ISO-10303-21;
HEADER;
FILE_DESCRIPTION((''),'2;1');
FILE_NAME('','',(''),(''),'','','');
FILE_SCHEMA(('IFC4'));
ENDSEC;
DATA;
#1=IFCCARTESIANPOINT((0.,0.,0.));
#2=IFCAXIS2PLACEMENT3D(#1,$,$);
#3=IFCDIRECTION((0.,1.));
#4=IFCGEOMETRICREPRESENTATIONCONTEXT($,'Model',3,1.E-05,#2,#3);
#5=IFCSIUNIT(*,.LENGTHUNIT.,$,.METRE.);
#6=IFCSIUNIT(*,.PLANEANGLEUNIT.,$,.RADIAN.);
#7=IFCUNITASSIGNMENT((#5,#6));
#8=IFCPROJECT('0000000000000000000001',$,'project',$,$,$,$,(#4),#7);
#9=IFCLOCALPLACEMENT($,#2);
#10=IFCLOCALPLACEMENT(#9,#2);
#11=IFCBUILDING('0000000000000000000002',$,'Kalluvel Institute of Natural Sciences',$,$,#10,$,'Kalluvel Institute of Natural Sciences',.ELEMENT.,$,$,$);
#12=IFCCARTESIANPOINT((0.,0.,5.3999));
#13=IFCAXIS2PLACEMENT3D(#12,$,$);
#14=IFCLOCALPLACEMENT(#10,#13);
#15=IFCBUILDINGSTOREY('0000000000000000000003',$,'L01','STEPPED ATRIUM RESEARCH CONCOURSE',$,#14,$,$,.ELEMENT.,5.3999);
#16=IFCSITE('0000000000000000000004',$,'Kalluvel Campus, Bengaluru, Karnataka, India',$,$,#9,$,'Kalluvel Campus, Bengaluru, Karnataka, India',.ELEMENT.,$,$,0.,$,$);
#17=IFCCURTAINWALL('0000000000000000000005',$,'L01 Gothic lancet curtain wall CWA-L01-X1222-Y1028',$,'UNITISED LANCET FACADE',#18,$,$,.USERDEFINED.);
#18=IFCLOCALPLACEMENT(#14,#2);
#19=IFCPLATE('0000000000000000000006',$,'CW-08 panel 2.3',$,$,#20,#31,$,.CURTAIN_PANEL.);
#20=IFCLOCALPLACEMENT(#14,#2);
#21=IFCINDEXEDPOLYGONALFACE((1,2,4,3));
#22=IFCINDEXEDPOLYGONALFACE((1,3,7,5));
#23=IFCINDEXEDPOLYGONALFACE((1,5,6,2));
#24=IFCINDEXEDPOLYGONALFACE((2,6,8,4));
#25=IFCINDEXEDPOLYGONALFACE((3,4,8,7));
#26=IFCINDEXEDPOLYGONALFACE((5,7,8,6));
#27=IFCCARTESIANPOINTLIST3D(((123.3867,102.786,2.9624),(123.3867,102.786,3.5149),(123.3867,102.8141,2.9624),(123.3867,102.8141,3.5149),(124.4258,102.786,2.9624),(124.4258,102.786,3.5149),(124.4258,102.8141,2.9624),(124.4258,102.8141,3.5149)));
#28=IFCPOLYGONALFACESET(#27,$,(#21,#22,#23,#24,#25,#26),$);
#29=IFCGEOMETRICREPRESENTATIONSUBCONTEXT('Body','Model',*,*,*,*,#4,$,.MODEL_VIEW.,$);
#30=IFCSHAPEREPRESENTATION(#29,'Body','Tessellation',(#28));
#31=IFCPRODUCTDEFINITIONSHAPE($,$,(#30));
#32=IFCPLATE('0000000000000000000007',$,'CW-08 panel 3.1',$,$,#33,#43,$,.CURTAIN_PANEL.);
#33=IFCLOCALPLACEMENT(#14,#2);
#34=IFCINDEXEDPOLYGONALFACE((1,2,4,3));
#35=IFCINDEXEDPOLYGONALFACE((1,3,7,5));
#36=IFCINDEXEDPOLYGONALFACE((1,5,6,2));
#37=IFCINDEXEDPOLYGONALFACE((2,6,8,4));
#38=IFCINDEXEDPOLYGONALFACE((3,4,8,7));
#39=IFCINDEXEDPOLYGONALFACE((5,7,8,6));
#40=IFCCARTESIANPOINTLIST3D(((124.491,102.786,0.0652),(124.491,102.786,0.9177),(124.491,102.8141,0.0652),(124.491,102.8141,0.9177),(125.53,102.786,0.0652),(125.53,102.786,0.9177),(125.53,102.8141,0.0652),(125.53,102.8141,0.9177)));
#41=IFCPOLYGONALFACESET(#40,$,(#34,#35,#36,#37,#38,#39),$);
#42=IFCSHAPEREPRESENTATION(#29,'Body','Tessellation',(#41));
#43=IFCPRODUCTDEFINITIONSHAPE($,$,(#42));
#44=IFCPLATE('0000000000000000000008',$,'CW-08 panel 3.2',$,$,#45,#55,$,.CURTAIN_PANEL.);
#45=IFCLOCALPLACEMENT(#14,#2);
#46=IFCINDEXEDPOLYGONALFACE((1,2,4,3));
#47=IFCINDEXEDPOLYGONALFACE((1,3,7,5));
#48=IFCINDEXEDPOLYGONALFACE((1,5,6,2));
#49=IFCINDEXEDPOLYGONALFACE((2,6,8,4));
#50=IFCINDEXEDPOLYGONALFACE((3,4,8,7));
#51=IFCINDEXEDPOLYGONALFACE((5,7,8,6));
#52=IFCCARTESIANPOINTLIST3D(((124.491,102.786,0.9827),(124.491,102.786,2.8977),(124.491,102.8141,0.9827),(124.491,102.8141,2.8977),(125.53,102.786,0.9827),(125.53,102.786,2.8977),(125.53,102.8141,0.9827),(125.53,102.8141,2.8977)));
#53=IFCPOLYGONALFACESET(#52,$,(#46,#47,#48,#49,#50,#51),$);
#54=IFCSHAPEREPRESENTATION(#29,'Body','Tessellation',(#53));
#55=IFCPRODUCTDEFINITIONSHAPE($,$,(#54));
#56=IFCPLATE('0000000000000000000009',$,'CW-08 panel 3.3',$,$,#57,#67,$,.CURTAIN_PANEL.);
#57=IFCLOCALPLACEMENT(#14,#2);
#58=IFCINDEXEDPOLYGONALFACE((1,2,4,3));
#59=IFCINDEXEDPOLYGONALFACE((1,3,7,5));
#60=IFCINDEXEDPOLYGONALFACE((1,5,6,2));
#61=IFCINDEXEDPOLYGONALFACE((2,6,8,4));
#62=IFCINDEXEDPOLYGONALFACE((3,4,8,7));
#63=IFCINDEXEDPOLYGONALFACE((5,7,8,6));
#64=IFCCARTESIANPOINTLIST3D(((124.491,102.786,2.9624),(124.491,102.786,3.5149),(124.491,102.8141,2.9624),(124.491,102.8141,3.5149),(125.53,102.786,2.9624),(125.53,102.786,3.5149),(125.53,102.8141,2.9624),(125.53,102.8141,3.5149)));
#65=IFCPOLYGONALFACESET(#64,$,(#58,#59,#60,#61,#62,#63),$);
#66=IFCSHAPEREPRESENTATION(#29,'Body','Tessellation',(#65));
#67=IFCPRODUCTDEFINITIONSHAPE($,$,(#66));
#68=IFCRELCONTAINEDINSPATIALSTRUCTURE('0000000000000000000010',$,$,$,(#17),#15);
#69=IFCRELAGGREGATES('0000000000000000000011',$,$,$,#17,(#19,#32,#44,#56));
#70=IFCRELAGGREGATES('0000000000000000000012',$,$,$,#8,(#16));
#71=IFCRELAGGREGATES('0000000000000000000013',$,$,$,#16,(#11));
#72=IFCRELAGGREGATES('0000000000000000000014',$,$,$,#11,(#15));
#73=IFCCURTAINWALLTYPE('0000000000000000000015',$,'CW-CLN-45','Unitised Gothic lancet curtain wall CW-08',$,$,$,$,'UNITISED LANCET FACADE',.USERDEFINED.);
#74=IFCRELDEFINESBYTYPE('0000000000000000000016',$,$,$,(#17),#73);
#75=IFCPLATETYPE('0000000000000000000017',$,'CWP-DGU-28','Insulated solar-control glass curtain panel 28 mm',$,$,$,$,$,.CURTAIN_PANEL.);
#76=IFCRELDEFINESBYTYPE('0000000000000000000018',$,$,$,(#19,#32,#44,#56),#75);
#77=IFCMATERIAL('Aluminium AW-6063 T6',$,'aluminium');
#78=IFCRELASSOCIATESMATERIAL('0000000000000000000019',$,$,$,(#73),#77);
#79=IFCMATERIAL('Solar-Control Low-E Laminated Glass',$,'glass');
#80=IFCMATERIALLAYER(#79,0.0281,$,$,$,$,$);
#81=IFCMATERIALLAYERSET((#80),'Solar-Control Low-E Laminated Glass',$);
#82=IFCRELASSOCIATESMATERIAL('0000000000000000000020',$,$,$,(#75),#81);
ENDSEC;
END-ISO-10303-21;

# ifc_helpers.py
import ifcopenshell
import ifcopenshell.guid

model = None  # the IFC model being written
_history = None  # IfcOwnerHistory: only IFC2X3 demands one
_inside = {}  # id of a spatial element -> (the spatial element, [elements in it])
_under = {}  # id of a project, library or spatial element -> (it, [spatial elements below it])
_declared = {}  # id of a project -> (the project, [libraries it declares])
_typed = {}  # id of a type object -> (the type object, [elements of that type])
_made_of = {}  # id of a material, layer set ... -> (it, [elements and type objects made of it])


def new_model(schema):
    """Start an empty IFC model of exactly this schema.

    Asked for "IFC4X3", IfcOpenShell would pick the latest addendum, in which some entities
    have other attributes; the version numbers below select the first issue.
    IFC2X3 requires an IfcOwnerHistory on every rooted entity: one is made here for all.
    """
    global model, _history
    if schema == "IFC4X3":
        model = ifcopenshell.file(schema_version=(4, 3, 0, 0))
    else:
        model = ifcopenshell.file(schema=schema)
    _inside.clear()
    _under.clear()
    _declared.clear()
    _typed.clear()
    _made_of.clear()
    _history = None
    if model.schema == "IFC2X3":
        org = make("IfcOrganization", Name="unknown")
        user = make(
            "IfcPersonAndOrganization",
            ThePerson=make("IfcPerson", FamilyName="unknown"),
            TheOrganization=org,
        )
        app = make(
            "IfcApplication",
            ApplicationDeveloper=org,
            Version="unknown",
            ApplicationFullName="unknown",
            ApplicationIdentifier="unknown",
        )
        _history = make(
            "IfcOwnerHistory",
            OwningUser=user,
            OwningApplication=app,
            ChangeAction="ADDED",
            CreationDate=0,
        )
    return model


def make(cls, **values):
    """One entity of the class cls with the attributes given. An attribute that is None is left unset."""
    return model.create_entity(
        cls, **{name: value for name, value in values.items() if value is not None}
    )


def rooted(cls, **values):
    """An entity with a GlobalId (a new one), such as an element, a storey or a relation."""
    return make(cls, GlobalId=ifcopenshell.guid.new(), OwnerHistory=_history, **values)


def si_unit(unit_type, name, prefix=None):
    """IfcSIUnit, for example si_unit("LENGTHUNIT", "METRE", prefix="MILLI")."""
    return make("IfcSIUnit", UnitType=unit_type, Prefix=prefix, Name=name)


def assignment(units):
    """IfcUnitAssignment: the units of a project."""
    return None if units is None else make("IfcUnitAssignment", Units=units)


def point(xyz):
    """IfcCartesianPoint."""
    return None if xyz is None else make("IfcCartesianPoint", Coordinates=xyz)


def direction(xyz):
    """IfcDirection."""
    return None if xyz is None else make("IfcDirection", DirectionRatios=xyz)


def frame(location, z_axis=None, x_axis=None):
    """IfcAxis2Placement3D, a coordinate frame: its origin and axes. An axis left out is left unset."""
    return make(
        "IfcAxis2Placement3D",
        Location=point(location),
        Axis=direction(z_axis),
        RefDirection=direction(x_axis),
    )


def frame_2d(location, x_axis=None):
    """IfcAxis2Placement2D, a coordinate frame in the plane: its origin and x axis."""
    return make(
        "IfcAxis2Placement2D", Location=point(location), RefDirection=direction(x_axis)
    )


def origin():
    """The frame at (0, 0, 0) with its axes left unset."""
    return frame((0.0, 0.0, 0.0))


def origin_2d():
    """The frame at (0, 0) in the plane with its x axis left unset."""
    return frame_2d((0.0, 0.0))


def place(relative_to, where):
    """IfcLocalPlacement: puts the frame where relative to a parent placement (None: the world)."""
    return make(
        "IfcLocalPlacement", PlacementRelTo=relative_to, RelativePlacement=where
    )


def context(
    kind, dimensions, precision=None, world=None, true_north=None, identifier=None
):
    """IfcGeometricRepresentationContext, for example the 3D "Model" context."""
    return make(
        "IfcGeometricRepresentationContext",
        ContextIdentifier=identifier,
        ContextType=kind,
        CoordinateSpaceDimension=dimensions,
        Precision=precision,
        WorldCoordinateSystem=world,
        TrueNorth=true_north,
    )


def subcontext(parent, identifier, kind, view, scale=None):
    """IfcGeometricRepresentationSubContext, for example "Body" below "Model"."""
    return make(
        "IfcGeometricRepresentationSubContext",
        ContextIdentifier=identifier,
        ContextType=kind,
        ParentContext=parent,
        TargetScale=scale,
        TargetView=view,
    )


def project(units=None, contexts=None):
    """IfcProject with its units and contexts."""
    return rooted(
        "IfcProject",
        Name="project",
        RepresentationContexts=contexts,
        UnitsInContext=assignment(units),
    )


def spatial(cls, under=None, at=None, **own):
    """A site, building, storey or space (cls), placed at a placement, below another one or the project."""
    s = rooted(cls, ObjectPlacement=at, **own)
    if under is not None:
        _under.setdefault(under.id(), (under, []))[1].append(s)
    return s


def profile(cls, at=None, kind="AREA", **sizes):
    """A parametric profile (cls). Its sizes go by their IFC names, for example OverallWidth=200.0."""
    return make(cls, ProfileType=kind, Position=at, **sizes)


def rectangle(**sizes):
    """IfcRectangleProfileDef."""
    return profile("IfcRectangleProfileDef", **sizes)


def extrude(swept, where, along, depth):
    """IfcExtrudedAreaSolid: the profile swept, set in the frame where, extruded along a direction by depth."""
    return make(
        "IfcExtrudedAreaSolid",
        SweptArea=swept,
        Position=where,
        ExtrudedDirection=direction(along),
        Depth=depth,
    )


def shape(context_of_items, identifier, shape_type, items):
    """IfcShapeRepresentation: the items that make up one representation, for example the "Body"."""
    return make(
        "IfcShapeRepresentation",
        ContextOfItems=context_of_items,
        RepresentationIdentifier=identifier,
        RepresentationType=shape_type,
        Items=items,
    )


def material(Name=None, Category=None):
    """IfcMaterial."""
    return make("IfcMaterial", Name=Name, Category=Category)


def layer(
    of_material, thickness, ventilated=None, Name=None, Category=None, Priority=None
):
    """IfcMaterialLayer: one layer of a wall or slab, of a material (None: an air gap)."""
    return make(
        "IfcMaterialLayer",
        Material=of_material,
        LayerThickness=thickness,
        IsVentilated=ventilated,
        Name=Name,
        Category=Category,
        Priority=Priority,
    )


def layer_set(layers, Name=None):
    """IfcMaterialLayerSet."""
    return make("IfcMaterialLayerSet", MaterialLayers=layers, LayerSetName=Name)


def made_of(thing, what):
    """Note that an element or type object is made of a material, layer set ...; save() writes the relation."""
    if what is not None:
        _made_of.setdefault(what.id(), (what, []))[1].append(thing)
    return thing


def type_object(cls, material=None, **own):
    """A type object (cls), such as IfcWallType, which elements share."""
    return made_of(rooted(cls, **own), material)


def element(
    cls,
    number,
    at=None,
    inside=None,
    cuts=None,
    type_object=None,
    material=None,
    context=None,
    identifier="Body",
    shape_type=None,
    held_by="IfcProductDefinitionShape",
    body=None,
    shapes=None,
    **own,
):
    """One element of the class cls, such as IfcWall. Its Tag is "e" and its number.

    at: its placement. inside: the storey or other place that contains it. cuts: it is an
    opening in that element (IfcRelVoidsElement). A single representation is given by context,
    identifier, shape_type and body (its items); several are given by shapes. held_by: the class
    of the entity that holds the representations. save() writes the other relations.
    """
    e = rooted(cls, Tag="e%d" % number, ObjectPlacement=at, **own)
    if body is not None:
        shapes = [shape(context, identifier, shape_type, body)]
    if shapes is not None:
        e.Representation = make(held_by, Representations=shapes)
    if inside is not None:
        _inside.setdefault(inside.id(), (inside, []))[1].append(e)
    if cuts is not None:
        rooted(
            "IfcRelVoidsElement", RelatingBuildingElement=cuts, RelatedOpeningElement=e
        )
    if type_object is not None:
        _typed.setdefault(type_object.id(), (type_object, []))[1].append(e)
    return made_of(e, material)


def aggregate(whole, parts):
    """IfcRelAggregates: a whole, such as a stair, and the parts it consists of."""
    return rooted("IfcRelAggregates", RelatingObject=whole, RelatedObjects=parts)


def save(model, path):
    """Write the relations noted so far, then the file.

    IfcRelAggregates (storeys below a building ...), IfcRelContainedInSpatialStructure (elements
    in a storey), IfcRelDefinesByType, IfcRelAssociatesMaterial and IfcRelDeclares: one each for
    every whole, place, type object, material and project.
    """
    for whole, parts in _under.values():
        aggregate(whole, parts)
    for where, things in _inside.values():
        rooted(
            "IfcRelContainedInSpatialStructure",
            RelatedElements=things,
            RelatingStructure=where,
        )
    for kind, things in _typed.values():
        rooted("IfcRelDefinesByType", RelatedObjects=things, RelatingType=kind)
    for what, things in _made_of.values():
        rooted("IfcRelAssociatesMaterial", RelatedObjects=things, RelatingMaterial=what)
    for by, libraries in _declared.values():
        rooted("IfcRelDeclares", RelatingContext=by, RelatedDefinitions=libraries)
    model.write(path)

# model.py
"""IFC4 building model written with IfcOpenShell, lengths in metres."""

from ifc_helpers import new_model, si_unit, direction, frame, origin, origin_2d, place, context, subcontext, project, spatial, rectangle, extrude, material, layer, layer_set, type_object, element, aggregate, save


model = new_model("IFC4")

# Units and contexts
model_context = context("Model", 3, precision=1e-05, world=origin(), true_north=direction((0.0, 1.0)))
body_context = subcontext(model_context, "Body", "Model", "MODEL_VIEW")
ifc_project = project(units=[si_unit("LENGTHUNIT", "METRE"), si_unit("PLANEANGLEUNIT", "RADIAN")], contexts=[model_context])

# Site, building, storey
site_placement = place(None, origin())
site = spatial("IfcSite", under=ifc_project, at=site_placement, Name="Kalluvel Campus, Bengaluru, Karnataka, India", LongName="Kalluvel Campus, Bengaluru, Karnataka, India", CompositionType="ELEMENT", RefElevation=0.0)
building_placement = place(site_placement, origin())
building = spatial("IfcBuilding", under=site, at=building_placement, Name="Kalluvel Institute of Natural Sciences", LongName="Kalluvel Institute of Natural Sciences", CompositionType="ELEMENT")
storey_placement = place(building_placement, frame((0.0, 0.0, 5.3999)))
storey = spatial("IfcBuildingStorey", under=building, at=storey_placement, Name="L01", Description="STEPPED ATRIUM RESEARCH CONCOURSE", CompositionType="ELEMENT", Elevation=5.3999)

# Curtain wall
ifc_material_1 = material(Name="Aluminium AW-6063 T6", Category="aluminium")
curtain_wall_type = type_object("IfcCurtainWallType", Name="CW-CLN-45", Description="Unitised Gothic lancet curtain wall CW-08", ElementType="UNITISED LANCET FACADE", PredefinedType="USERDEFINED", material=ifc_material_1)
curtain_wall_placement = place(storey_placement, origin())
curtain_wall = element("IfcCurtainWall", 1, at=curtain_wall_placement, inside=storey, type_object=curtain_wall_type, Name="L01 Gothic lancet curtain wall CWA-L01-X1222-Y1028", ObjectType="UNITISED LANCET FACADE", PredefinedType="USERDEFINED")

# Plates
ifc_material_2 = material(Name="Solar-Control Low-E Laminated Glass", Category="glass")
ifc_layer = layer(ifc_material_2, 0.0281)
ifc_layer_set = layer_set([ifc_layer], Name="Solar-Control Low-E Laminated Glass")
plate_type = type_object("IfcPlateType", Name="CWP-DGU-28", Description="Insulated solar-control glass curtain panel 28 mm", PredefinedType="CURTAIN_PANEL", material=ifc_layer_set)
plate_1_placement = place(storey_placement, frame((123.9062, 102.8, 2.9624), z_axis=(0.0, 0.0, 1.0), x_axis=(1.0, 0.0, 0.0)))
plate_1 = element("IfcPlate", 2, at=plate_1_placement, type_object=plate_type, Name="CW-08 panel 2.3", PredefinedType="CURTAIN_PANEL", context=body_context, shape_type="SweptSolid", body=[
    extrude(rectangle(XDim=1.0391, YDim=0.0281, at=origin_2d()), origin(), (0.0, 0.0, 1.0), 0.5525),
])
plate_2_placement = place(storey_placement, frame((125.0105, 102.8, 0.0652), z_axis=(0.0, 0.0, 1.0), x_axis=(1.0, 0.0, 0.0)))
plate_2 = element("IfcPlate", 3, at=plate_2_placement, type_object=plate_type, Name="CW-08 panel 3.1", PredefinedType="CURTAIN_PANEL", context=body_context, shape_type="SweptSolid", body=[
    extrude(rectangle(XDim=1.0391, YDim=0.0281, at=origin_2d()), origin(), (0.0, 0.0, 1.0), 0.8525),
])
plate_3_placement = place(storey_placement, frame((125.0105, 102.8, 0.9827), z_axis=(0.0, 0.0, 1.0), x_axis=(1.0, 0.0, 0.0)))
plate_3 = element("IfcPlate", 4, at=plate_3_placement, type_object=plate_type, Name="CW-08 panel 3.2", PredefinedType="CURTAIN_PANEL", context=body_context, shape_type="SweptSolid", body=[
    extrude(rectangle(XDim=1.0391, YDim=0.0281, at=origin_2d()), origin(), (0.0, 0.0, 1.0), 1.915),
])
plate_4_placement = place(storey_placement, frame((125.0105, 102.8, 2.9624), z_axis=(0.0, 0.0, 1.0), x_axis=(1.0, 0.0, 0.0)))
plate_4 = element("IfcPlate", 5, at=plate_4_placement, type_object=plate_type, Name="CW-08 panel 3.3", PredefinedType="CURTAIN_PANEL", context=body_context, shape_type="SweptSolid", body=[
    extrude(rectangle(XDim=1.0391, YDim=0.0281, at=origin_2d()), origin(), (0.0, 0.0, 1.0), 0.5525),
])
aggregate(curtain_wall, [plate_1, plate_2, plate_3, plate_4])

save(model, "model.ifc")
